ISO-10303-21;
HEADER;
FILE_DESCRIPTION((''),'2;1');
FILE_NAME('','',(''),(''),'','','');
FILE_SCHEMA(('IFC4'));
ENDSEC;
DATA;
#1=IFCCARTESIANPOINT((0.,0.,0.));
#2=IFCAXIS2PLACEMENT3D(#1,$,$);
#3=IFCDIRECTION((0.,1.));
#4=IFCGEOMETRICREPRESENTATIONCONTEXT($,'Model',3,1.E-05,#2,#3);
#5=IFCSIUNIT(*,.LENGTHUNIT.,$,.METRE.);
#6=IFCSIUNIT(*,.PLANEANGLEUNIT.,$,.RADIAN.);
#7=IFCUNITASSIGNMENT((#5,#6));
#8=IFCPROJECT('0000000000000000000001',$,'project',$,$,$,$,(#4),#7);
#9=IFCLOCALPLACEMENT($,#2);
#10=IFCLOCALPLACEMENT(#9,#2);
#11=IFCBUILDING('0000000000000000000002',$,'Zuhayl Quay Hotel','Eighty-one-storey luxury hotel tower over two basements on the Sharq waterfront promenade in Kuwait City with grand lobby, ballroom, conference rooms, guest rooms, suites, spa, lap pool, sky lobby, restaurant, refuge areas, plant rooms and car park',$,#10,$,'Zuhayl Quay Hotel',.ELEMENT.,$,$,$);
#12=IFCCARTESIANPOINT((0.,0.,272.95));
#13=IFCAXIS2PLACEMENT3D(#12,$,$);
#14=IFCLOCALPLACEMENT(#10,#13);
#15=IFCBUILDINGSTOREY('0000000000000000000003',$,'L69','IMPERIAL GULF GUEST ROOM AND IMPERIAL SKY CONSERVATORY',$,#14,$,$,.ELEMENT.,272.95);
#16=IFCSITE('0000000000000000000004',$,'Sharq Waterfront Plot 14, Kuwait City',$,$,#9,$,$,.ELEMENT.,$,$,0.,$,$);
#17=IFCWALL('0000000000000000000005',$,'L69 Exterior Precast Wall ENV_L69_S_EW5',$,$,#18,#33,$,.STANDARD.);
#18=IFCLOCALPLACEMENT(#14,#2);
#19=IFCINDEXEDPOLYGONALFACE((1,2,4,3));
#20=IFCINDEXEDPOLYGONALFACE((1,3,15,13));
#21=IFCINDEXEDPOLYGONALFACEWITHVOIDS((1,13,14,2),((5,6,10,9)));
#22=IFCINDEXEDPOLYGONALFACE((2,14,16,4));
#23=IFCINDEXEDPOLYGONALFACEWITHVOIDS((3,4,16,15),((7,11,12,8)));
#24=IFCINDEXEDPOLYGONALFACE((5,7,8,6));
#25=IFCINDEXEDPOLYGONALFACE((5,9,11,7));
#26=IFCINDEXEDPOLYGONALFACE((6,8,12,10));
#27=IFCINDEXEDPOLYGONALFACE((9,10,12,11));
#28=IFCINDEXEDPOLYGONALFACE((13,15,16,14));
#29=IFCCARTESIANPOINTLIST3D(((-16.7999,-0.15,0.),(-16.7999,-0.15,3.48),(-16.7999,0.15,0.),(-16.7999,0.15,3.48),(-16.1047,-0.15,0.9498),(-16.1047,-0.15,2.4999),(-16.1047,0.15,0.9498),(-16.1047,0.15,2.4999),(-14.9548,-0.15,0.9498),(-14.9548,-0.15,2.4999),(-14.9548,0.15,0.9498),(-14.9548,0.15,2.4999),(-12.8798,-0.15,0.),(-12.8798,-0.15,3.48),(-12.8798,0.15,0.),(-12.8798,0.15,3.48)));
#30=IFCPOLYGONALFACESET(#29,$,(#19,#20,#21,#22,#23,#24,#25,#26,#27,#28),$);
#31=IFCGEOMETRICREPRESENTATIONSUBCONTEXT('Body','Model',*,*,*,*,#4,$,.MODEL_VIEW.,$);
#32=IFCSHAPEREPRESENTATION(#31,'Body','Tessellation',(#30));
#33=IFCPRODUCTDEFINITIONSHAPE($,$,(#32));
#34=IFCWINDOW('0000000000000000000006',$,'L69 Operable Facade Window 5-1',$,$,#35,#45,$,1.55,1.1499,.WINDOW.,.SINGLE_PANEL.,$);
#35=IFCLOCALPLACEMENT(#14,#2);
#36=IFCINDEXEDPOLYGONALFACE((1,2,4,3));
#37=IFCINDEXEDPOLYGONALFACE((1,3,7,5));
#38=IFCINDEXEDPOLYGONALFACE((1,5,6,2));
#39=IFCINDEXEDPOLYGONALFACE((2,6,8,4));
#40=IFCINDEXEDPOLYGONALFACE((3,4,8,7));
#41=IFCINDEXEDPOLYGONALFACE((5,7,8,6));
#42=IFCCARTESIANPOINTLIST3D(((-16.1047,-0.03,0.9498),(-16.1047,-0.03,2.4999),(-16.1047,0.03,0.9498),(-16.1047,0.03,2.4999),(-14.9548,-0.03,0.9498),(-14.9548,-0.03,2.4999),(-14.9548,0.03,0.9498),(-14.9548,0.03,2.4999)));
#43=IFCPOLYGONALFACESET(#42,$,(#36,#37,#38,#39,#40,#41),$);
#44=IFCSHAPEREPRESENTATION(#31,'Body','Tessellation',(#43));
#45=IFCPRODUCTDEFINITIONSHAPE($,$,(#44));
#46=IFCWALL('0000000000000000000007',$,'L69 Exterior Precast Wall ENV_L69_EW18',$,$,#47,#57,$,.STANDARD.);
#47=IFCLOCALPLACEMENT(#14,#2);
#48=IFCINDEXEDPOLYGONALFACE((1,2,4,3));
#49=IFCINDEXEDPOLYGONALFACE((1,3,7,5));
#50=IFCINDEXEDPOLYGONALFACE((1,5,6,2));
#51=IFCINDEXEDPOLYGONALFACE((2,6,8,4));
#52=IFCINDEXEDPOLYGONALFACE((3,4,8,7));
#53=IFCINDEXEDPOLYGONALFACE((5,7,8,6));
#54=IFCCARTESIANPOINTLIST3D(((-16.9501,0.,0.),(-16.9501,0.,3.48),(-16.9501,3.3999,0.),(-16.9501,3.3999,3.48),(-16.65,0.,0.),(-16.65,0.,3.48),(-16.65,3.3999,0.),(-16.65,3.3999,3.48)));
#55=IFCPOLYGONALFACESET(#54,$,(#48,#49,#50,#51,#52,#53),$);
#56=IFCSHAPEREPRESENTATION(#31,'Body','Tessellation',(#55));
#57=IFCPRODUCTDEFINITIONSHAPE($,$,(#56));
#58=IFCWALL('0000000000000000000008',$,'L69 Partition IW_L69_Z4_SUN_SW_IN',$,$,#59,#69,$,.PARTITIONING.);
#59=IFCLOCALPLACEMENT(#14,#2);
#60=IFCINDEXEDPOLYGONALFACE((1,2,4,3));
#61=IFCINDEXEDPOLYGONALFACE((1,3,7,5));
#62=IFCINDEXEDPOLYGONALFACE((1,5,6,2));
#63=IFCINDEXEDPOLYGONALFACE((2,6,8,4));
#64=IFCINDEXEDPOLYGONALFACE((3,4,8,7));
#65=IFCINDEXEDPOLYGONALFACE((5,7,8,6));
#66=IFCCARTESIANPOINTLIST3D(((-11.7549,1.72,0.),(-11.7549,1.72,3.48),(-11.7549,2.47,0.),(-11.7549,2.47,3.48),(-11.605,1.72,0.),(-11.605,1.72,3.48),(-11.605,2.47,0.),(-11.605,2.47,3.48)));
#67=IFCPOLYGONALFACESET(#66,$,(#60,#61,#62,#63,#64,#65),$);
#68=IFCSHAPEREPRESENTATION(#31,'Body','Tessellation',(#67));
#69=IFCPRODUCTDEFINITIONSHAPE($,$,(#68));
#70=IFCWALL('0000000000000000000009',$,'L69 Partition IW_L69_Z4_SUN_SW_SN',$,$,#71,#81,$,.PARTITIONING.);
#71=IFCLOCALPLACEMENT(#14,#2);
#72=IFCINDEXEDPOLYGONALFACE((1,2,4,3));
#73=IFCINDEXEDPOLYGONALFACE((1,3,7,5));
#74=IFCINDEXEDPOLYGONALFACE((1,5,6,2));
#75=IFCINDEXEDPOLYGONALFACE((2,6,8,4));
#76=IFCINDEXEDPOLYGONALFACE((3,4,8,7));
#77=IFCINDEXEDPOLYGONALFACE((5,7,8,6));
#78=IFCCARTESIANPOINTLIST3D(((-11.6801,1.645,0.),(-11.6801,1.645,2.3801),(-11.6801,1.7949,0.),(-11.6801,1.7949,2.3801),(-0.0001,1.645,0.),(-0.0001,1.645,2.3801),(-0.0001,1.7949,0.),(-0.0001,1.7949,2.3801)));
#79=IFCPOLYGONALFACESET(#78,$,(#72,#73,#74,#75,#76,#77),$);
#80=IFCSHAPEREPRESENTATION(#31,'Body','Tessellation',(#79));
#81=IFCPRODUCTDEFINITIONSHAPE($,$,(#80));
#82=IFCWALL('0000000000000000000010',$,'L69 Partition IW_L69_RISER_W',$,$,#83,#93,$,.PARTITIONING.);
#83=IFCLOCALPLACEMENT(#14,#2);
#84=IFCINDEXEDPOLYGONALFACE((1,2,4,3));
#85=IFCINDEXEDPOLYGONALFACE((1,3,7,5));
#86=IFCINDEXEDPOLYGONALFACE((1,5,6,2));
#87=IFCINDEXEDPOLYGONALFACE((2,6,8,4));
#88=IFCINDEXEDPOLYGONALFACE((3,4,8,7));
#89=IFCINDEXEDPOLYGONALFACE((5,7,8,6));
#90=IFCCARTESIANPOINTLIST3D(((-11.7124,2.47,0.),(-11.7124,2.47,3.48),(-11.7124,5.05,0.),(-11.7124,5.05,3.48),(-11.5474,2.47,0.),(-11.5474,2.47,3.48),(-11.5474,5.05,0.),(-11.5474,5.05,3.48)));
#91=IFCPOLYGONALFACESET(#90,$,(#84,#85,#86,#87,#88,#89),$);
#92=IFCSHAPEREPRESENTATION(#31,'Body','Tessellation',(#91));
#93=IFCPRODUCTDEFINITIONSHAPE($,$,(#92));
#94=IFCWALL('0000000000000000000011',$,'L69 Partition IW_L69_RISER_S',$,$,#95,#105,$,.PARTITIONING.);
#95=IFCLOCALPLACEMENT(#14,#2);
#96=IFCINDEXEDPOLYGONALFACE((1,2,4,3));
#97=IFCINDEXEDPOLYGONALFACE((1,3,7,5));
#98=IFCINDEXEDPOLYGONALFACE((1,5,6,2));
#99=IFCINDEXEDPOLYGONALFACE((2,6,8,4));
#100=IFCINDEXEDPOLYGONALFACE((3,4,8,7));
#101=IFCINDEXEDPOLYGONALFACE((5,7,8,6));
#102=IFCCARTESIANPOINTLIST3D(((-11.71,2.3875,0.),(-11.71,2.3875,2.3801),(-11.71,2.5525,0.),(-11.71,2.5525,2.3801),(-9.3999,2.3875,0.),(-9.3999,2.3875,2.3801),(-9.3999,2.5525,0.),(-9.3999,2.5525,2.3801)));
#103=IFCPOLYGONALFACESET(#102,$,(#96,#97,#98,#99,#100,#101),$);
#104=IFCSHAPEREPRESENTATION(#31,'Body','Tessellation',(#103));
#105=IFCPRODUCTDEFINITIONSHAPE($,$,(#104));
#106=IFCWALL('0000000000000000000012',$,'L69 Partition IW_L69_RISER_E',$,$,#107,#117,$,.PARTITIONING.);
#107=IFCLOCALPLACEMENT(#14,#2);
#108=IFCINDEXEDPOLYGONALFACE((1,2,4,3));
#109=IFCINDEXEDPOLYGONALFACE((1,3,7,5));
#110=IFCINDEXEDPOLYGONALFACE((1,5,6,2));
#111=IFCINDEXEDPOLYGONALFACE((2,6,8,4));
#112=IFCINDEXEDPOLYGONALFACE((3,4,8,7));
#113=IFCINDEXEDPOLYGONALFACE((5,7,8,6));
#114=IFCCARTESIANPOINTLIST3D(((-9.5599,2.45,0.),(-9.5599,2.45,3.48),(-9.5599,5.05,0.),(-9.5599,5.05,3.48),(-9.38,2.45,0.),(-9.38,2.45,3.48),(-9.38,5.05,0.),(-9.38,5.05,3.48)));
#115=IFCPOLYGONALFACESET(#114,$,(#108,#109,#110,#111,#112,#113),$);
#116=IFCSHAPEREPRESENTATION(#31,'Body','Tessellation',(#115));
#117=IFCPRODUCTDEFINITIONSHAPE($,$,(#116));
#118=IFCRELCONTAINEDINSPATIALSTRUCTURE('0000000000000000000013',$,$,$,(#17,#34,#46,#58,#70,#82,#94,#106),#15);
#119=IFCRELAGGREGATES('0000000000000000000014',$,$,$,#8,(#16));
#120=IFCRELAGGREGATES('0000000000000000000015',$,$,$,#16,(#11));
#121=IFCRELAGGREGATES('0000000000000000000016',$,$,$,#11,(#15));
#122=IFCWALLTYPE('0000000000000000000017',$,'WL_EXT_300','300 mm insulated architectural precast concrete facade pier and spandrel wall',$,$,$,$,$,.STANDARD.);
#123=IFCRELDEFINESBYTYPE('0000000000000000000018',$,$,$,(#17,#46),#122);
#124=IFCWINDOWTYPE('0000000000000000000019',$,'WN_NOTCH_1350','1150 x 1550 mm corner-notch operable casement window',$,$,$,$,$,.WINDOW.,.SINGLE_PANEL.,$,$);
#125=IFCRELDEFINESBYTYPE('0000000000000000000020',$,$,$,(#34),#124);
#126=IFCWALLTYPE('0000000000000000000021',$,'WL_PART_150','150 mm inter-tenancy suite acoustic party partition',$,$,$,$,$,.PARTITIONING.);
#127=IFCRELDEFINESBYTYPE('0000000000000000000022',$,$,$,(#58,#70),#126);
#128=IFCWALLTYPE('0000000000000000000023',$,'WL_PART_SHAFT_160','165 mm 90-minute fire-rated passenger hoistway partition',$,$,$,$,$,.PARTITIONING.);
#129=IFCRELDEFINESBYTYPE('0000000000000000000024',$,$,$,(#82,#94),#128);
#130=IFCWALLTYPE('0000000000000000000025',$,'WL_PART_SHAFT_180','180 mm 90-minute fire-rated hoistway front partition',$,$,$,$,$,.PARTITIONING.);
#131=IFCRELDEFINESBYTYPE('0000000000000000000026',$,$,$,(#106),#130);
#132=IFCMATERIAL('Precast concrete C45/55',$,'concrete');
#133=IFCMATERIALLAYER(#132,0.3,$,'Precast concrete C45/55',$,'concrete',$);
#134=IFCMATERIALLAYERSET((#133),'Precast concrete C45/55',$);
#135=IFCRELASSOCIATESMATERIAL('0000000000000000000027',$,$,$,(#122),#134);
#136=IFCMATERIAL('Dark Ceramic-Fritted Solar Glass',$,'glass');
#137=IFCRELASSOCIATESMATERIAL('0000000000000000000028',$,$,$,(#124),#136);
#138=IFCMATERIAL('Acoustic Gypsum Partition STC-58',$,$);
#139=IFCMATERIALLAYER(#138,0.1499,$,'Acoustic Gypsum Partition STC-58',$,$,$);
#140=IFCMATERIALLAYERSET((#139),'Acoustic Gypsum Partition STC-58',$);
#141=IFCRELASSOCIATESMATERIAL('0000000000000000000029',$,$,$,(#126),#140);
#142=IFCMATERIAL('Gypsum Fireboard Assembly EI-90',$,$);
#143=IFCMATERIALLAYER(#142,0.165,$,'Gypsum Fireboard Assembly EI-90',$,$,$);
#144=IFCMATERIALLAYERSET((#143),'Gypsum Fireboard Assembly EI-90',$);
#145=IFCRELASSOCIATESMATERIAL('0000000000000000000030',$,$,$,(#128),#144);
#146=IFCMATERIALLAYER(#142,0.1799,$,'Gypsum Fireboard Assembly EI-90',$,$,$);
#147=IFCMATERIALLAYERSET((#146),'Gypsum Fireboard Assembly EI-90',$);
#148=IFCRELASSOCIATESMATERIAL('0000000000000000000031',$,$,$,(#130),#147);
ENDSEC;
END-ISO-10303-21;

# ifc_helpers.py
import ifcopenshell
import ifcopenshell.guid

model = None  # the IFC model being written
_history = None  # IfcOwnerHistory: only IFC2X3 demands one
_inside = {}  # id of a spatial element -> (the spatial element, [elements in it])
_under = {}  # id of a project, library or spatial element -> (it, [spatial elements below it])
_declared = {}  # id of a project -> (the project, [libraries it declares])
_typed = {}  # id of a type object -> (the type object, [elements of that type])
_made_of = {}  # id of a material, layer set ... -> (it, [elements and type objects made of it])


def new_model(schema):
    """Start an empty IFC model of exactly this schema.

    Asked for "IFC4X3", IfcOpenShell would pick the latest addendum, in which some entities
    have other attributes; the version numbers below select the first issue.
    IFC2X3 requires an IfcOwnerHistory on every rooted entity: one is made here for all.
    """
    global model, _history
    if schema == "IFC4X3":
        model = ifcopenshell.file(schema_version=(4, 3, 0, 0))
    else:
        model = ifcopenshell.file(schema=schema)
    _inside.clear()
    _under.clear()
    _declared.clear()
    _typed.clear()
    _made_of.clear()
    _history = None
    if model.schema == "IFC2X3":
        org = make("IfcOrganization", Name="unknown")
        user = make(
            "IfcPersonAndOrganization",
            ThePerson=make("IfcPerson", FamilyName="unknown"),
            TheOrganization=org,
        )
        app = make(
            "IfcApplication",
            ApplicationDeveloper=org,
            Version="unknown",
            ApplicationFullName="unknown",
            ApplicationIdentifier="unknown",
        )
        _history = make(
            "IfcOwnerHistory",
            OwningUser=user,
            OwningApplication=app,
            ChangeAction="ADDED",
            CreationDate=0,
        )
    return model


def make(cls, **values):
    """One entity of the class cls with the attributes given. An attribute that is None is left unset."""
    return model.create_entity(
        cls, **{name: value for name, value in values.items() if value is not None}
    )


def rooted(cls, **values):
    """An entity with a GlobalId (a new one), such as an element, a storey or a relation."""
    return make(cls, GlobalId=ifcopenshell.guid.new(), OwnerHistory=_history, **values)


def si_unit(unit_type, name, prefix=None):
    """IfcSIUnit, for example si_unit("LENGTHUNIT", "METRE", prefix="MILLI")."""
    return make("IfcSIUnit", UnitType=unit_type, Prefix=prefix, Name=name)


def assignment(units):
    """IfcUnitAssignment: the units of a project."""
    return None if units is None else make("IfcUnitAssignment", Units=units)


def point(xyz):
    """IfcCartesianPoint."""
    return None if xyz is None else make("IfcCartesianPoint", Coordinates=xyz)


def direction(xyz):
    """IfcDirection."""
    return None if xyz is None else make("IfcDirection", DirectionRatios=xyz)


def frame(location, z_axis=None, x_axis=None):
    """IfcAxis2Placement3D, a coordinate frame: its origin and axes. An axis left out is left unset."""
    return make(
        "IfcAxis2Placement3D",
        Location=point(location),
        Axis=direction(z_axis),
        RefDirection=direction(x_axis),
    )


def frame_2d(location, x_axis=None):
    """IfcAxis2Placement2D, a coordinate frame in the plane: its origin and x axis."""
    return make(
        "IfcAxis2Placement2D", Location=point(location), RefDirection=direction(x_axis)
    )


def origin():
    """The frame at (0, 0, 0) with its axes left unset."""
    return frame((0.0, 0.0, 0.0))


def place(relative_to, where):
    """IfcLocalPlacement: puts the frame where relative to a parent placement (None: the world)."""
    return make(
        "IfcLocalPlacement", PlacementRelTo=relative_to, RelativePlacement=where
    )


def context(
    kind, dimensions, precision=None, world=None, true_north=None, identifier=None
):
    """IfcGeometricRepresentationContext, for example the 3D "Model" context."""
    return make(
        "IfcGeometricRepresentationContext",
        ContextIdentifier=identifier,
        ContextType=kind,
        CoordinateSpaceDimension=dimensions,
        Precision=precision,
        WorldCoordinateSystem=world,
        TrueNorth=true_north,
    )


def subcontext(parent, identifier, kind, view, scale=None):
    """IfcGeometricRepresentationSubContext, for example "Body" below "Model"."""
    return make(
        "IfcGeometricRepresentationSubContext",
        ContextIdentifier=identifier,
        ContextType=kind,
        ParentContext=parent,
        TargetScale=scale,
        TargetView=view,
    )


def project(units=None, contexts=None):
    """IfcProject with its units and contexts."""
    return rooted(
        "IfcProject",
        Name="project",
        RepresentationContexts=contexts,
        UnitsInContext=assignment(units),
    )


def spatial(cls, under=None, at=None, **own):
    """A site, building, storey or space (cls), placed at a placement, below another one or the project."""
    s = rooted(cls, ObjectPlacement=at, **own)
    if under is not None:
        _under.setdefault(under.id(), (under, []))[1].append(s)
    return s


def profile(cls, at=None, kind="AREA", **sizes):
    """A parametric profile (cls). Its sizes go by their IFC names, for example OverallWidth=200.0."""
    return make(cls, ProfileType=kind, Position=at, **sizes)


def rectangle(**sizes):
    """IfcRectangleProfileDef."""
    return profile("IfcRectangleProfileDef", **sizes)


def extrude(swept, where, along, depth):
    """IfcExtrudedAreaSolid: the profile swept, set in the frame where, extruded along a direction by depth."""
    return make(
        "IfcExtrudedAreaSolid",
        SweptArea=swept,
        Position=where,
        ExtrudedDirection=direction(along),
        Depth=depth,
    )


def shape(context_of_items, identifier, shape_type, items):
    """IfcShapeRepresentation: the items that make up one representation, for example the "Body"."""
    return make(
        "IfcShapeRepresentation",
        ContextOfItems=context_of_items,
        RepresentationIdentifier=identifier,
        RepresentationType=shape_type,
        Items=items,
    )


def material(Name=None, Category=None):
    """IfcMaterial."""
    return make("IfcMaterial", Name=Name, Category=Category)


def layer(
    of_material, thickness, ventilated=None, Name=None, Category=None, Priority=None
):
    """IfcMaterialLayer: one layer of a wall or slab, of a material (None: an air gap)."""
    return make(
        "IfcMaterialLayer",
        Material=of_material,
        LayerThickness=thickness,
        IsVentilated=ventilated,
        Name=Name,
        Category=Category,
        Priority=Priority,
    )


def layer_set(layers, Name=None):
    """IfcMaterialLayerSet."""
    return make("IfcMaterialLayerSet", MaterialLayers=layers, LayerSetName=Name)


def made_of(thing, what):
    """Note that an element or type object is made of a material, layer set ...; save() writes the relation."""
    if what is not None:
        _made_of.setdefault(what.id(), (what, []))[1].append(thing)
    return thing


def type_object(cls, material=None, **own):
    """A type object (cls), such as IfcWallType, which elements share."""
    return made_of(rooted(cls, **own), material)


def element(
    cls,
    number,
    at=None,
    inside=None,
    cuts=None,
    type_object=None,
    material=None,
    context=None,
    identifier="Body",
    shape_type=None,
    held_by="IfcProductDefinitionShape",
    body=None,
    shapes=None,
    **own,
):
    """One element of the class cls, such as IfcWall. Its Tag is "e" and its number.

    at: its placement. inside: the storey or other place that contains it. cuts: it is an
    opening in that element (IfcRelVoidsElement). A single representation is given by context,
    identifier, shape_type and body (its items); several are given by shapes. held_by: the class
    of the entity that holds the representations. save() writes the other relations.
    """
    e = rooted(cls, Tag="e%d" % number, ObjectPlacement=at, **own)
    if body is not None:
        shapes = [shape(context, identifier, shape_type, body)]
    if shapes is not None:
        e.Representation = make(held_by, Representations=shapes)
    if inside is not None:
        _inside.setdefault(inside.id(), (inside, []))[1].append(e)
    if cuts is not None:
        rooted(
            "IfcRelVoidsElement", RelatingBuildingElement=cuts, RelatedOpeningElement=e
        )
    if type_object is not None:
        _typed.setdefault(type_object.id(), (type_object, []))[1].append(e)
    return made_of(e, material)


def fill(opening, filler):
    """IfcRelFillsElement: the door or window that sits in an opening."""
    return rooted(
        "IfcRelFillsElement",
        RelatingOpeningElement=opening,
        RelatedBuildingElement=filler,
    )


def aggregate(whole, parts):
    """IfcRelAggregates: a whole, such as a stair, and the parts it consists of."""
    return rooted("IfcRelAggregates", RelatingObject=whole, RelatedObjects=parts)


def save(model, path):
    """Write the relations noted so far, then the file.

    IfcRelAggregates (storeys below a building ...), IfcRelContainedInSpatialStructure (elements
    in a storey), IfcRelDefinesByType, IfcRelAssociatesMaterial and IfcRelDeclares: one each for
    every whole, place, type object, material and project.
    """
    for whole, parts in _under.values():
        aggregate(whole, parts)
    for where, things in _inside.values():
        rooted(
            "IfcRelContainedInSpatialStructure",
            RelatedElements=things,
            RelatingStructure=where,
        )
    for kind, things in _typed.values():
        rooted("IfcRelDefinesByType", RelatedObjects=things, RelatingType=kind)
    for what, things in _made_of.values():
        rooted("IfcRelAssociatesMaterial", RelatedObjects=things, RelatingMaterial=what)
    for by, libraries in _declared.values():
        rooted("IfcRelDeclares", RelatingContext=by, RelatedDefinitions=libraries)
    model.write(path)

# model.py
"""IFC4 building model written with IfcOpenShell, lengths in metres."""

from ifc_helpers import new_model, si_unit, direction, frame, frame_2d, origin, place, context, subcontext, project, spatial, rectangle, extrude, material, layer, layer_set, type_object, element, fill, save


model = new_model("IFC4")

# Units and contexts
model_context = context("Model", 3, precision=1e-05, world=origin(), true_north=direction((0.0, 1.0)))
body_context = subcontext(model_context, "Body", "Model", "MODEL_VIEW")
ifc_project = project(units=[si_unit("LENGTHUNIT", "METRE"), si_unit("PLANEANGLEUNIT", "RADIAN")], contexts=[model_context])

# Site, building, storey
site_placement = place(None, origin())
site = spatial("IfcSite", under=ifc_project, at=site_placement, Name="Sharq Waterfront Plot 14, Kuwait City", CompositionType="ELEMENT", RefElevation=0.0)
building_placement = place(site_placement, origin())
building = spatial("IfcBuilding", under=site, at=building_placement, Name="Zuhayl Quay Hotel", Description="Eighty-one-storey luxury hotel tower over two basements on the Sharq waterfront promenade in Kuwait City with grand lobby, ballroom, conference rooms, guest rooms, suites, spa, lap pool, sky lobby, restaurant, refuge areas, plant rooms and car park", LongName="Zuhayl Quay Hotel", CompositionType="ELEMENT")
storey_placement = place(building_placement, frame((0.0, 0.0, 272.95)))
storey = spatial("IfcBuildingStorey", under=building, at=storey_placement, Name="L69", Description="IMPERIAL GULF GUEST ROOM AND IMPERIAL SKY CONSERVATORY", CompositionType="ELEMENT", Elevation=272.95)

# Shared definitions
ifc_material_1 = material(Name="Dark Ceramic-Fritted Solar Glass", Category="glass")

# Shared definitions
ifc_material_2 = material(Name="Precast concrete C45/55", Category="concrete")
ifc_layer_1 = layer(ifc_material_2, 0.3, Name="Precast concrete C45/55", Category="concrete")
ifc_layer_set_1 = layer_set([ifc_layer_1], Name="Precast concrete C45/55")
wall_type_1 = type_object("IfcWallType", Name="WL_EXT_300", Description="300 mm insulated architectural precast concrete facade pier and spandrel wall", PredefinedType="STANDARD", material=ifc_layer_set_1)

# Wall, opening, window
wall_1_placement = place(storey_placement, frame((-12.8799, 0.0, 0.0), z_axis=(0.0, 0.0, 1.0), x_axis=(-1.0, 0.0, 0.0)))
wall_1 = element("IfcWall", 1, at=wall_1_placement, inside=storey, type_object=wall_type_1, Name="L69 Exterior Precast Wall ENV_L69_S_EW5", PredefinedType="STANDARD", context=body_context, shape_type="SweptSolid", body=[
    extrude(rectangle(XDim=3.9202, YDim=0.3, at=frame_2d((1.96, 0.0))), origin(), (0.0, 0.0, 1.0), 3.48),
])
opening_1_placement = place(wall_1_placement, frame((2.075, 0.0, 0.95)))
opening_1 = element("IfcOpeningElement", 2, at=opening_1_placement, cuts=wall_1, PredefinedType="OPENING", context=body_context, shape_type="SweptSolid", body=[
    extrude(rectangle(XDim=1.1499, YDim=1.55, at=frame_2d((0.575, 0.7749))), frame((0.0, 0.1599, 0.0), z_axis=(0.0, -1.0, 0.0), x_axis=(1.0, 0.0, 0.0)), (0.0, 0.0, 1.0), 0.3201),
])
window_type = type_object("IfcWindowType", Name="WN_NOTCH_1350", Description="1150 x 1550 mm corner-notch operable casement window", PartitioningType="SINGLE_PANEL", PredefinedType="WINDOW", material=ifc_material_1)
window_placement = place(opening_1_placement, origin())
window = element("IfcWindow", 3, at=window_placement, inside=storey, type_object=window_type, Name="L69 Operable Facade Window 5-1", OverallHeight=1.55, OverallWidth=1.1499, PartitioningType="SINGLE_PANEL", PredefinedType="WINDOW", context=body_context, shape_type="SweptSolid", body=[
    extrude(rectangle(XDim=1.1499, YDim=1.55, at=frame_2d((0.575, 0.7749))), frame((0.0, 0.03, 0.0), z_axis=(0.0, -1.0, 0.0), x_axis=(1.0, 0.0, 0.0)), (0.0, 0.0, 1.0), 0.0601),
])
fill(opening_1, window)

# Walls
wall_2_placement = place(storey_placement, frame((-16.8, 0.0, 0.0), z_axis=(0.0, 0.0, 1.0), x_axis=(0.0, 1.0, 0.0)))
element("IfcWall", 4, at=wall_2_placement, inside=storey, type_object=wall_type_1, Name="L69 Exterior Precast Wall ENV_L69_EW18", PredefinedType="STANDARD", context=body_context, shape_type="SweptSolid", body=[
    extrude(rectangle(XDim=3.3999, YDim=0.3, at=frame_2d((1.7, 0.0))), origin(), (0.0, 0.0, 1.0), 3.48),
])
ifc_material_3 = material(Name="Acoustic Gypsum Partition STC-58")
ifc_layer_2 = layer(ifc_material_3, 0.1499, Name="Acoustic Gypsum Partition STC-58")
ifc_layer_set_2 = layer_set([ifc_layer_2], Name="Acoustic Gypsum Partition STC-58")
wall_type_2 = type_object("IfcWallType", Name="WL_PART_150", Description="150 mm inter-tenancy suite acoustic party partition", PredefinedType="PARTITIONING", material=ifc_layer_set_2)
wall_3_placement = place(storey_placement, frame((-11.6799, 1.72, 0.0), z_axis=(0.0, 0.0, 1.0), x_axis=(0.0, 1.0, 0.0)))
element("IfcWall", 5, at=wall_3_placement, inside=storey, type_object=wall_type_2, Name="L69 Partition IW_L69_Z4_SUN_SW_IN", PredefinedType="PARTITIONING", context=body_context, shape_type="SweptSolid", body=[
    extrude(rectangle(XDim=0.75, YDim=0.1499, at=frame_2d((0.375, 0.0))), origin(), (0.0, 0.0, 1.0), 3.48),
])
wall_4_placement = place(storey_placement, frame((-11.6799, 1.72, 0.0), z_axis=(0.0, 0.0, 1.0), x_axis=(1.0, 0.0, 0.0)))
element("IfcWall", 6, at=wall_4_placement, inside=storey, type_object=wall_type_2, Name="L69 Partition IW_L69_Z4_SUN_SW_SN", PredefinedType="PARTITIONING", context=body_context, shape_type="SweptSolid", body=[
    extrude(rectangle(XDim=11.6799, YDim=0.1499, at=frame_2d((5.8398, 0.0))), origin(), (0.0, 0.0, 1.0), 2.3801),
])

# Walls
ifc_material_4 = material(Name="Gypsum Fireboard Assembly EI-90")
ifc_layer_3 = layer(ifc_material_4, 0.165, Name="Gypsum Fireboard Assembly EI-90")
ifc_layer_set_3 = layer_set([ifc_layer_3], Name="Gypsum Fireboard Assembly EI-90")
wall_type_3 = type_object("IfcWallType", Name="WL_PART_SHAFT_160", Description="165 mm 90-minute fire-rated passenger hoistway partition", PredefinedType="PARTITIONING", material=ifc_layer_set_3)
wall_5_placement = place(storey_placement, frame((-11.6299, 2.47, 0.0), z_axis=(0.0, 0.0, 1.0), x_axis=(0.0, 1.0, 0.0)))
element("IfcWall", 7, at=wall_5_placement, inside=storey, type_object=wall_type_3, Name="L69 Partition IW_L69_RISER_W", PredefinedType="PARTITIONING", context=body_context, shape_type="SweptSolid", body=[
    extrude(rectangle(XDim=2.5801, YDim=0.165, at=frame_2d((1.29, 0.0))), origin(), (0.0, 0.0, 1.0), 3.48),
])
wall_6_placement = place(storey_placement, frame((-11.71, 2.47, 0.0), z_axis=(0.0, 0.0, 1.0), x_axis=(1.0, 0.0, 0.0)))
element("IfcWall", 8, at=wall_6_placement, inside=storey, type_object=wall_type_3, Name="L69 Partition IW_L69_RISER_S", PredefinedType="PARTITIONING", context=body_context, shape_type="SweptSolid", body=[
    extrude(rectangle(XDim=2.3101, YDim=0.165, at=frame_2d((1.155, 0.0))), origin(), (0.0, 0.0, 1.0), 2.3801),
])
ifc_layer_4 = layer(ifc_material_4, 0.1799, Name="Gypsum Fireboard Assembly EI-90")
ifc_layer_set_4 = layer_set([ifc_layer_4], Name="Gypsum Fireboard Assembly EI-90")
wall_type_4 = type_object("IfcWallType", Name="WL_PART_SHAFT_180", Description="180 mm 90-minute fire-rated hoistway front partition", PredefinedType="PARTITIONING", material=ifc_layer_set_4)
wall_7_placement = place(storey_placement, frame((-9.47, 2.45, 0.0), z_axis=(0.0, 0.0, 1.0), x_axis=(0.0, 1.0, 0.0)))
element("IfcWall", 9, at=wall_7_placement, inside=storey, type_object=wall_type_4, Name="L69 Partition IW_L69_RISER_E", PredefinedType="PARTITIONING", context=body_context, shape_type="SweptSolid", body=[
    extrude(rectangle(XDim=2.6001, YDim=0.1799, at=frame_2d((1.3, 0.0))), origin(), (0.0, 0.0, 1.0), 3.48),
])

save(model, "model.ifc")
